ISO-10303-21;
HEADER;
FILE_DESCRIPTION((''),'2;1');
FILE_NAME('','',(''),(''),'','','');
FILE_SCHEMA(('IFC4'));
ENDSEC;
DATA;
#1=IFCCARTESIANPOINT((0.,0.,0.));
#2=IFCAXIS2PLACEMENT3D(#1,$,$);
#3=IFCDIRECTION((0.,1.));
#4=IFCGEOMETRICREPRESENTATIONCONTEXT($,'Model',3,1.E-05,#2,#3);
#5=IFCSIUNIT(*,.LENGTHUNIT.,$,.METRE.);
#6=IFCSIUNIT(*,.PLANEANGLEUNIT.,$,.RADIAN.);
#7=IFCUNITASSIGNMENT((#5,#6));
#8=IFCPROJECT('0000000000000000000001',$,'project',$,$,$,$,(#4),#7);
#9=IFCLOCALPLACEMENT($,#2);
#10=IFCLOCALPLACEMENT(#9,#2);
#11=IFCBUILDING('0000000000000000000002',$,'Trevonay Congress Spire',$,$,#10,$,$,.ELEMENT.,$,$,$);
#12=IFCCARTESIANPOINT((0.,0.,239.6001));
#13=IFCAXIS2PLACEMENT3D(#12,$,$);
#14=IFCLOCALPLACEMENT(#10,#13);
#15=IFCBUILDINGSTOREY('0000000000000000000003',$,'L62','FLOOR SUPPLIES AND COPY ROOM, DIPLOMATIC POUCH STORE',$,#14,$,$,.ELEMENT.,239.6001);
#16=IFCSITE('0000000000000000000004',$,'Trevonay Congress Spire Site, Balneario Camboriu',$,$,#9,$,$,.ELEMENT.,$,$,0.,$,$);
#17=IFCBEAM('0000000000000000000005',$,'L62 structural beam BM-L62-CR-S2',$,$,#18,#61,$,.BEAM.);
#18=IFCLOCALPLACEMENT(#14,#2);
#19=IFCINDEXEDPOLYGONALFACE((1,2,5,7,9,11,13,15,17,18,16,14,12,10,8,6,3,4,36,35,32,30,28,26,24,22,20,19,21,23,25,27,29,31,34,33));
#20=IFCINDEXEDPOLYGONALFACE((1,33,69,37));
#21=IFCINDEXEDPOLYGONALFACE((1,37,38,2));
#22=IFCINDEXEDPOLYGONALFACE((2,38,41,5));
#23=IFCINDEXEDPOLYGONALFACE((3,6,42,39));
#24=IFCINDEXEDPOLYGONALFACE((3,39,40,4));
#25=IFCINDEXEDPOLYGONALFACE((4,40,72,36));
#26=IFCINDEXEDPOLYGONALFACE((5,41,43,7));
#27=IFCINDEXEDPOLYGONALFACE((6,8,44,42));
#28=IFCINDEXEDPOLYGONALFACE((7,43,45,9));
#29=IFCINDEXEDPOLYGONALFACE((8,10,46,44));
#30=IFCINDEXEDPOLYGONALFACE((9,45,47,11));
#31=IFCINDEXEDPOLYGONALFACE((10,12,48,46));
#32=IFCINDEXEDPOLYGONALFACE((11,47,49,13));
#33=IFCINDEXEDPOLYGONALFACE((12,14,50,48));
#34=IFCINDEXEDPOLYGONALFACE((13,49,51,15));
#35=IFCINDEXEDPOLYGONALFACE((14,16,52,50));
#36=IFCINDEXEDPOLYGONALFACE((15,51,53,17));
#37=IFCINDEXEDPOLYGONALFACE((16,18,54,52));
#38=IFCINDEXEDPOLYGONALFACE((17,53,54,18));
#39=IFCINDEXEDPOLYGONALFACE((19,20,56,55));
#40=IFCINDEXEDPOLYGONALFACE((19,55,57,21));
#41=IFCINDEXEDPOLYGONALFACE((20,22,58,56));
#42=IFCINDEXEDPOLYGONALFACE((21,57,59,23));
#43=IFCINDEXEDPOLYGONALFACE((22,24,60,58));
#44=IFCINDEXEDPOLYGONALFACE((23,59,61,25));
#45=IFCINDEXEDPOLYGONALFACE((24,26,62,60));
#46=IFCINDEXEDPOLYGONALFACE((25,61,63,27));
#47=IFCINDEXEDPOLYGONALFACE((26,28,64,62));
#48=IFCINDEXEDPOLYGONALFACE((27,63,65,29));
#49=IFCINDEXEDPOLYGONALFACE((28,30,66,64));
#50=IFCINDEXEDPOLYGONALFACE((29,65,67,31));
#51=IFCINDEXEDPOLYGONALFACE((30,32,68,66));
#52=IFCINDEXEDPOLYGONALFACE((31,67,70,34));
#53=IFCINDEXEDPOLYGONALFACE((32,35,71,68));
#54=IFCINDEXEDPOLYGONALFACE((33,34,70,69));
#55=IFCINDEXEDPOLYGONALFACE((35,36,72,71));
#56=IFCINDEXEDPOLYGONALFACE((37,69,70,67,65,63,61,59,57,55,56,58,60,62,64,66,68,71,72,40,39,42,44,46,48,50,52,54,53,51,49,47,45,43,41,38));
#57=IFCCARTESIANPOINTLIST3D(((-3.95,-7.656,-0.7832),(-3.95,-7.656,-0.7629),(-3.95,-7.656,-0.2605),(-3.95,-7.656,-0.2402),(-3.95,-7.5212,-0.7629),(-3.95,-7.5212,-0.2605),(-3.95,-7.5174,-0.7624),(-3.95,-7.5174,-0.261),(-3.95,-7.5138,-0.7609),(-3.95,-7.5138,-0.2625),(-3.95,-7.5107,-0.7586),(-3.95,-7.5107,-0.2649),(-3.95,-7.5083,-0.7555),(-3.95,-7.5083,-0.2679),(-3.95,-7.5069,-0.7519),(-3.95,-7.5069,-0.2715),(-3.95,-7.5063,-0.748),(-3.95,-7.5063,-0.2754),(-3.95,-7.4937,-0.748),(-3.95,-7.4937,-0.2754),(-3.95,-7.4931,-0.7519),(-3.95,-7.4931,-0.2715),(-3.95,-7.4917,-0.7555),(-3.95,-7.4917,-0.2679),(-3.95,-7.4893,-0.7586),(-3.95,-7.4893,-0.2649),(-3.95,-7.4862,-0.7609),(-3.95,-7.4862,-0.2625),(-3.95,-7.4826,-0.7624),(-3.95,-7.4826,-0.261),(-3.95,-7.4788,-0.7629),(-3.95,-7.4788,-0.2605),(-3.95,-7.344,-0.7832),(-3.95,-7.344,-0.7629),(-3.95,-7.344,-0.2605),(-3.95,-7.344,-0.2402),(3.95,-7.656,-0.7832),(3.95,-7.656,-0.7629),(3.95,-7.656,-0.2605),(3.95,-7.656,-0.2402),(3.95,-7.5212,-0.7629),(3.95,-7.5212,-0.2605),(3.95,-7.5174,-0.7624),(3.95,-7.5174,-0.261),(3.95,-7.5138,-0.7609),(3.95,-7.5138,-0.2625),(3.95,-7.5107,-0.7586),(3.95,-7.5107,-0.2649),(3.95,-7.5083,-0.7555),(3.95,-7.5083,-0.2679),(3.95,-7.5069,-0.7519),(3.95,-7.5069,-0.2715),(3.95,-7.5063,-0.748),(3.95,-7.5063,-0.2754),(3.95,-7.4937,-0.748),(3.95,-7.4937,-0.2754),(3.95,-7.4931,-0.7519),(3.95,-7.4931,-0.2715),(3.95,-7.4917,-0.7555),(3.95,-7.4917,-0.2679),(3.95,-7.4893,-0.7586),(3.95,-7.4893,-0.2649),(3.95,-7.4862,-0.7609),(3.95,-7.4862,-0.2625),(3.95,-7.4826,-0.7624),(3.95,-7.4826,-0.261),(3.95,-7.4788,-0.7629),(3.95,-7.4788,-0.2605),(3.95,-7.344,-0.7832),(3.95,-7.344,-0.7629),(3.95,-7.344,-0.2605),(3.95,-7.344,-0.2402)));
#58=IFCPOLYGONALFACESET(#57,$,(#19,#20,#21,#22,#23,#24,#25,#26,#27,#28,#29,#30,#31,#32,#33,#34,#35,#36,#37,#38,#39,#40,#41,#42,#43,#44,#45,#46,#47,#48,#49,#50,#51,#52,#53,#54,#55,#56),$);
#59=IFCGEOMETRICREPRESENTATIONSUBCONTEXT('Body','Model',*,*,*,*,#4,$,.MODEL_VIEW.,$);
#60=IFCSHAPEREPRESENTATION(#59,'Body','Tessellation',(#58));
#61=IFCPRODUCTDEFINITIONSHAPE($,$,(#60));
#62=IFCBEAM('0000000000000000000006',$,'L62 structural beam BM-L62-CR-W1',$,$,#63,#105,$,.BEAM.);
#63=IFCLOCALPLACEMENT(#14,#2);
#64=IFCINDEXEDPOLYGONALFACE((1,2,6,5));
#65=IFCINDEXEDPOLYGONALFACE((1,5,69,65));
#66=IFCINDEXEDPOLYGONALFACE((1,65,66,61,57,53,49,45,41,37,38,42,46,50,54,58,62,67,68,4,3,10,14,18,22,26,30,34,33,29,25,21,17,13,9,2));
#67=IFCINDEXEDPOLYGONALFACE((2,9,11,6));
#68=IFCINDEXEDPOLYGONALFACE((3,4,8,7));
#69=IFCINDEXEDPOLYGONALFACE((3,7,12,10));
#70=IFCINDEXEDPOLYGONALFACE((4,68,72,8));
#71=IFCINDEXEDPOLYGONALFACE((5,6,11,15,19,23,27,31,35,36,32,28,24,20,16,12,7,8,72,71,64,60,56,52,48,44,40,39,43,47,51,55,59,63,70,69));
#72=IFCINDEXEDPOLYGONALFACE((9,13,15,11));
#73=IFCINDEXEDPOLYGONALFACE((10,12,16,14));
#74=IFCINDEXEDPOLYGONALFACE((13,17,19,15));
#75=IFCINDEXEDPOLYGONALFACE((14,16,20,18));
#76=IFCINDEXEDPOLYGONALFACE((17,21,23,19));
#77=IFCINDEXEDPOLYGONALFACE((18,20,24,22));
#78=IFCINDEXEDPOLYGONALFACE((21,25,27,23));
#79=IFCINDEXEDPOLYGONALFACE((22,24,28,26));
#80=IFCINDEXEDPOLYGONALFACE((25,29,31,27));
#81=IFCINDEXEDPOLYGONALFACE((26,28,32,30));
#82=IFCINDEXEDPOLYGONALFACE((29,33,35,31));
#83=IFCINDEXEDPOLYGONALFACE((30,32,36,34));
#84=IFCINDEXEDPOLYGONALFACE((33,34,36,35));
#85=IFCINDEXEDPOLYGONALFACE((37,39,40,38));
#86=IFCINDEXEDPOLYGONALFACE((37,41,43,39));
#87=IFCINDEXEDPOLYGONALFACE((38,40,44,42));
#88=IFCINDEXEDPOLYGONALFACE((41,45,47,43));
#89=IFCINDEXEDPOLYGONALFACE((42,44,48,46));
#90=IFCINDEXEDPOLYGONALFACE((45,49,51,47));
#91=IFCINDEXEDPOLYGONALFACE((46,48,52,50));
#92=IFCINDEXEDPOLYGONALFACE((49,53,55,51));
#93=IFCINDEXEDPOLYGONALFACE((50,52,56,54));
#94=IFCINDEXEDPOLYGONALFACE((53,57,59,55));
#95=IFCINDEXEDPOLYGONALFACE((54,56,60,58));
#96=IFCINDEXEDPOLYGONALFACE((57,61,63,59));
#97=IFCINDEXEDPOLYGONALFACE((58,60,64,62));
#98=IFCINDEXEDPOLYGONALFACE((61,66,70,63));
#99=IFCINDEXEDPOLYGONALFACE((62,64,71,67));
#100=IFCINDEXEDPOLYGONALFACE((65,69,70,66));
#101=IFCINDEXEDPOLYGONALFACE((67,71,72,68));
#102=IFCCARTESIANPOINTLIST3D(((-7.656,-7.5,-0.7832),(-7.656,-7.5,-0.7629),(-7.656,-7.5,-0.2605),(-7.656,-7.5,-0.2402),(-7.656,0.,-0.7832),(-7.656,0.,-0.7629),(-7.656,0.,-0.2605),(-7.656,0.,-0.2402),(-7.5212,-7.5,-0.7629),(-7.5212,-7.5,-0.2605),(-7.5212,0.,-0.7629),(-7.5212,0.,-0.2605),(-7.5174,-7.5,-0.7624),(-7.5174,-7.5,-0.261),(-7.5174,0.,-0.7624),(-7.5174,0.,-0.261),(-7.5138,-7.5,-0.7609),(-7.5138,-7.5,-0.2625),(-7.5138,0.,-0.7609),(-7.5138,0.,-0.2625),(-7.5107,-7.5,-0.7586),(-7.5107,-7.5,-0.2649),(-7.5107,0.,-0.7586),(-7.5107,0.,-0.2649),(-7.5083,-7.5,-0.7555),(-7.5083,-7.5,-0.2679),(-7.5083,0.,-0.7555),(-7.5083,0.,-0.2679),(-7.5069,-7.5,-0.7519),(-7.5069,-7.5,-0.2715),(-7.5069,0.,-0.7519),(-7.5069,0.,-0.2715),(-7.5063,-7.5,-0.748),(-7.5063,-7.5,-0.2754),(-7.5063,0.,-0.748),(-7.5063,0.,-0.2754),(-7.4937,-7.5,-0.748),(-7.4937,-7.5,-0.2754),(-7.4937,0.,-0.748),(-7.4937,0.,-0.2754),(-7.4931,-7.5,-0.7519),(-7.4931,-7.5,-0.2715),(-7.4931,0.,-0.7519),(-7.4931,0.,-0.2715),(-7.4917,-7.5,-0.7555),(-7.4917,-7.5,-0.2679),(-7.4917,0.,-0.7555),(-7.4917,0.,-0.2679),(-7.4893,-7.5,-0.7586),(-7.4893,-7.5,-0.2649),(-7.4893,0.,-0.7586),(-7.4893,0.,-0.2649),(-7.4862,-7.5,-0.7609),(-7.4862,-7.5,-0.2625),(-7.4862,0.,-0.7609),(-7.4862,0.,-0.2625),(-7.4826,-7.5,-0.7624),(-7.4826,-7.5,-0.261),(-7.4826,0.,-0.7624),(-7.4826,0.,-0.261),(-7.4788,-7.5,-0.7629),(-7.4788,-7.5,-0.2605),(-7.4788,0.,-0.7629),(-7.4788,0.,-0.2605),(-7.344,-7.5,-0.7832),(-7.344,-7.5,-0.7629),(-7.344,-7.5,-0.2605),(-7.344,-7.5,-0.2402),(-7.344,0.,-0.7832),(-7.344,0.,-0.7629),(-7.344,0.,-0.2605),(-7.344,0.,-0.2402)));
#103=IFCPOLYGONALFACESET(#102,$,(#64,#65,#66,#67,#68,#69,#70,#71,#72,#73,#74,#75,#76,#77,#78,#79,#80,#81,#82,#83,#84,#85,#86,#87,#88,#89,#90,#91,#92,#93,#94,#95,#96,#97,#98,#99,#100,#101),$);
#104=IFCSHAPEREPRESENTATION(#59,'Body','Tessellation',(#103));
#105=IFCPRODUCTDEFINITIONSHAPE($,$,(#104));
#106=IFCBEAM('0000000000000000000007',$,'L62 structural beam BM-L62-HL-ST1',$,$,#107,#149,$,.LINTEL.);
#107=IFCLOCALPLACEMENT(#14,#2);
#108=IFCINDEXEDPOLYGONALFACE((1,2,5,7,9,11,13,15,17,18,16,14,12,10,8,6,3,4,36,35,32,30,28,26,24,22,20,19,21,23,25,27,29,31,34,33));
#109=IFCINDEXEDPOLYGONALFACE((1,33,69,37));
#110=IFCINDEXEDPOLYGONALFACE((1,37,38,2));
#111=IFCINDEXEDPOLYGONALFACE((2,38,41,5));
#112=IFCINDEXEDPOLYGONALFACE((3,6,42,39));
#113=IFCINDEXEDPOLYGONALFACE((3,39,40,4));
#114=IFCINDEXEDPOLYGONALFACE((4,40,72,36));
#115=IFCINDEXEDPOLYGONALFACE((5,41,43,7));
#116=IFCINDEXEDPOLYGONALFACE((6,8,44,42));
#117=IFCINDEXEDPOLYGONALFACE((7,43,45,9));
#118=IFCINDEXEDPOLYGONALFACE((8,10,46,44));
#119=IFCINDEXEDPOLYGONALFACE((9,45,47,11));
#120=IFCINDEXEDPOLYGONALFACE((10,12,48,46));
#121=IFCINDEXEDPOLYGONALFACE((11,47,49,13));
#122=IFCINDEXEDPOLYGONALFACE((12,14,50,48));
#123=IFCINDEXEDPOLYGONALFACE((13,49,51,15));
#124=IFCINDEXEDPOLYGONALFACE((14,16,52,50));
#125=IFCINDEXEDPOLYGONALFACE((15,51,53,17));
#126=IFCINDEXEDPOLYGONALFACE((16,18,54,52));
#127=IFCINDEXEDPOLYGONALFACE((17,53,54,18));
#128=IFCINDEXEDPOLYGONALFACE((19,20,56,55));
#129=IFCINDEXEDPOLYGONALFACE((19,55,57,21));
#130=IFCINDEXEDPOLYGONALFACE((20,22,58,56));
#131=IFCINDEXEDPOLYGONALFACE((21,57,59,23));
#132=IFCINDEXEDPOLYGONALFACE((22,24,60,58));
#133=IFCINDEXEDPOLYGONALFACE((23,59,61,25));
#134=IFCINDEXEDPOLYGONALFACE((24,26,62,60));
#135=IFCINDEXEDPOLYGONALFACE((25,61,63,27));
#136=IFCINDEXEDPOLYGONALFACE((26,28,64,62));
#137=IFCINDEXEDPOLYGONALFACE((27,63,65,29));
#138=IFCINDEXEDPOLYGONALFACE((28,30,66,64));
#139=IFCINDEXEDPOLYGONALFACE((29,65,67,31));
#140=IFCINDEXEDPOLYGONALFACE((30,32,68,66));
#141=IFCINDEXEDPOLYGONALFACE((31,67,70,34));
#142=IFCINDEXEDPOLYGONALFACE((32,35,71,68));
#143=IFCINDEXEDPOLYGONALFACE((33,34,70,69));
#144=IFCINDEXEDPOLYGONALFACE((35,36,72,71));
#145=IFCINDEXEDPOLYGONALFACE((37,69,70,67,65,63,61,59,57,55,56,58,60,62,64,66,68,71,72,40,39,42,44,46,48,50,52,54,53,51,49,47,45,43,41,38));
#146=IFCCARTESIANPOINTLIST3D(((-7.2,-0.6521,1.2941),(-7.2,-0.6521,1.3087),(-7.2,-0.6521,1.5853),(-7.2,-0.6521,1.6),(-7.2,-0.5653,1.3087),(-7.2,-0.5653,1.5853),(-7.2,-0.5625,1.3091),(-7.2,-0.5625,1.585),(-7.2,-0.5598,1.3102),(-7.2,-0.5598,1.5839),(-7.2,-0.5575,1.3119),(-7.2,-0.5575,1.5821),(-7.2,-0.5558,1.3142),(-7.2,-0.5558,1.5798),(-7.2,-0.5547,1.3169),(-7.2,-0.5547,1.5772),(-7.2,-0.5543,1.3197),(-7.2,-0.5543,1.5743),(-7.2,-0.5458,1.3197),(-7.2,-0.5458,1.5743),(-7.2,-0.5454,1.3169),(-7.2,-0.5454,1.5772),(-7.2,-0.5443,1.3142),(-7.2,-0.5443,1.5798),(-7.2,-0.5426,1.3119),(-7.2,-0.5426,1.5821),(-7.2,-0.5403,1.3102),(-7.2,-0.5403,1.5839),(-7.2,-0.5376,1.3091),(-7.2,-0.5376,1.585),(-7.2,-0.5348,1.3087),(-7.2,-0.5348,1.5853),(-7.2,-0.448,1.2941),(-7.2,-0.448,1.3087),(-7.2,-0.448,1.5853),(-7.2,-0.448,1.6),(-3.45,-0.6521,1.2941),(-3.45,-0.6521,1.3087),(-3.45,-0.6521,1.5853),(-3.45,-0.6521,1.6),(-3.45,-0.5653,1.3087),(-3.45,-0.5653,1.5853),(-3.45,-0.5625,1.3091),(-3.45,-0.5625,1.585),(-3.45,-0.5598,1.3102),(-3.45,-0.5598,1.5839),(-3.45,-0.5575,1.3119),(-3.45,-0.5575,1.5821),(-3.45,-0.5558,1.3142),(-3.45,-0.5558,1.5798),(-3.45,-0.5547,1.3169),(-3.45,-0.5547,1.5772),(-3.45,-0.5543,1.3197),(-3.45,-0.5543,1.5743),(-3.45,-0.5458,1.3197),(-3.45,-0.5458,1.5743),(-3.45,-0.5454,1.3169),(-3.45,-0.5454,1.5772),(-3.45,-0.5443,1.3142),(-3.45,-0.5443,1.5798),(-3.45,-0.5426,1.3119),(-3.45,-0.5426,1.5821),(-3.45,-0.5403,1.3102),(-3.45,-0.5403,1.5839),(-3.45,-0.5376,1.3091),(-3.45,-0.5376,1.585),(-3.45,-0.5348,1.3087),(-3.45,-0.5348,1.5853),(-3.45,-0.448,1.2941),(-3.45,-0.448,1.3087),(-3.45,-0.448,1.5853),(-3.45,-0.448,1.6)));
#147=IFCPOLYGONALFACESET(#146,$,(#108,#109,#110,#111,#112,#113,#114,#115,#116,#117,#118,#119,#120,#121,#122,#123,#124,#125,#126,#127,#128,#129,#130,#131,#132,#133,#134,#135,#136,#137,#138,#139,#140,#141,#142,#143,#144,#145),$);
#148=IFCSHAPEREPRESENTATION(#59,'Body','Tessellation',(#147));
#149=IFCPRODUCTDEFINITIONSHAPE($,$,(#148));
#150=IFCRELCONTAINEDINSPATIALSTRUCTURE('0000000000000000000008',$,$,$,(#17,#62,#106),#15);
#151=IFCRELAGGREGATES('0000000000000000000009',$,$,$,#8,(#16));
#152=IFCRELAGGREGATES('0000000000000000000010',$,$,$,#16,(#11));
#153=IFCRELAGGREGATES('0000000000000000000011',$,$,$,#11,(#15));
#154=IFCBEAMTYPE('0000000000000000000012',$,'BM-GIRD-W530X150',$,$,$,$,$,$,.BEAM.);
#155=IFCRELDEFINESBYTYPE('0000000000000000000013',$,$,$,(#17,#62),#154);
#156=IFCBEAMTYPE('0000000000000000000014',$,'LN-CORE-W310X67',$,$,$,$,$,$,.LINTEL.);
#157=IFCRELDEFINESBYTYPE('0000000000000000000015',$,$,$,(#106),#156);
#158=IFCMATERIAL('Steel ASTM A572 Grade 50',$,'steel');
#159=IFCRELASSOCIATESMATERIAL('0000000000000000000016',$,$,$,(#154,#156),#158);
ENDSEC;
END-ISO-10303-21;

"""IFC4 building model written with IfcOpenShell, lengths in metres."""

from ifc_helpers import new_model, si_unit, direction, frame, origin, origin_2d, place, context, subcontext, project, spatial, i_section, extrude, material, material_profile, profile_set, type_object, element, save


model = new_model("IFC4")

# Units and contexts
model_context = context("Model", 3, precision=1e-05, world=origin(), true_north=direction((0.0, 1.0)))
body_context = subcontext(model_context, "Body", "Model", "MODEL_VIEW")
ifc_project = project(units=[si_unit("LENGTHUNIT", "METRE"), si_unit("PLANEANGLEUNIT", "RADIAN")], contexts=[model_context])

# Site, building, storey
site_placement = place(None, origin())
site = spatial("IfcSite", under=ifc_project, at=site_placement, Name="Trevonay Congress Spire Site, Balneario Camboriu", CompositionType="ELEMENT", RefElevation=0.0)
building_placement = place(site_placement, origin())
building = spatial("IfcBuilding", under=site, at=building_placement, Name="Trevonay Congress Spire", CompositionType="ELEMENT")
storey_placement = place(building_placement, frame((0.0, 0.0, 239.6001)))
storey = spatial("IfcBuildingStorey", under=building, at=storey_placement, Name="L62", Description="FLOOR SUPPLIES AND COPY ROOM, DIPLOMATIC POUCH STORE", CompositionType="ELEMENT", Elevation=239.6001)

# Shared definitions
ifc_material_1 = material(Name="Steel ASTM A572 Grade 50", Category="steel")

# Beams
ifc_material_profile_1 = material_profile(ifc_material_1, i_section(OverallWidth=0.312, OverallDepth=0.543, WebThickness=0.0127, FlangeThickness=0.0203, FilletRadius=0.0149, at=origin_2d()), Name="W530x150")
ifc_profile_set_1 = profile_set([ifc_material_profile_1], Name="Steel ASTM A572 Grade 50")
beam_type_1 = type_object("IfcBeamType", Name="BM-GIRD-W530X150", PredefinedType="BEAM", material=ifc_profile_set_1)
beam_1_placement = place(storey_placement, frame((-3.95, -7.5, -0.5117), z_axis=(1.0, 0.0, 0.0), x_axis=(0.0, 1.0, 0.0)))
element("IfcBeam", 1, at=beam_1_placement, inside=storey, type_object=beam_type_1, Name="L62 structural beam BM-L62-CR-S2", PredefinedType="BEAM", context=body_context, shape_type="SweptSolid", body=[
    extrude(i_section(OverallWidth=0.312, OverallDepth=0.543, WebThickness=0.0127, FlangeThickness=0.0203, FilletRadius=0.0149, at=origin_2d()), origin(), (0.0, 0.0, 1.0), 7.8999),
])
beam_2_placement = place(storey_placement, frame((-7.5, -7.5, -0.5117), z_axis=(0.0, 1.0, 0.0), x_axis=(-1.0, 0.0, 0.0)))
element("IfcBeam", 2, at=beam_2_placement, inside=storey, type_object=beam_type_1, Name="L62 structural beam BM-L62-CR-W1", PredefinedType="BEAM", context=body_context, shape_type="SweptSolid", body=[
    extrude(i_section(OverallWidth=0.312, OverallDepth=0.543, WebThickness=0.0127, FlangeThickness=0.0203, FilletRadius=0.0149, at=origin_2d()), origin(), (0.0, 0.0, 1.0), 7.5),
])
ifc_material_profile_2 = material_profile(ifc_material_1, i_section(OverallWidth=0.2041, OverallDepth=0.3059, WebThickness=0.0085, FlangeThickness=0.0146, FilletRadius=0.011, at=origin_2d()), Name="W310x67")
ifc_profile_set_2 = profile_set([ifc_material_profile_2], Name="Steel ASTM A572 Grade 50")
beam_type_2 = type_object("IfcBeamType", Name="LN-CORE-W310X67", PredefinedType="LINTEL", material=ifc_profile_set_2)
beam_3_placement = place(storey_placement, frame((-7.2, -0.55, 1.447), z_axis=(1.0, 0.0, 0.0), x_axis=(0.0, 1.0, 0.0)))
element("IfcBeam", 3, at=beam_3_placement, inside=storey, type_object=beam_type_2, Name="L62 structural beam BM-L62-HL-ST1", PredefinedType="LINTEL", context=body_context, shape_type="SweptSolid", body=[
    extrude(i_section(OverallWidth=0.2041, OverallDepth=0.3059, WebThickness=0.0085, FlangeThickness=0.0146, FilletRadius=0.011, at=origin_2d()), origin(), (0.0, 0.0, 1.0), 3.75),
])

save(model, "model.ifc")
